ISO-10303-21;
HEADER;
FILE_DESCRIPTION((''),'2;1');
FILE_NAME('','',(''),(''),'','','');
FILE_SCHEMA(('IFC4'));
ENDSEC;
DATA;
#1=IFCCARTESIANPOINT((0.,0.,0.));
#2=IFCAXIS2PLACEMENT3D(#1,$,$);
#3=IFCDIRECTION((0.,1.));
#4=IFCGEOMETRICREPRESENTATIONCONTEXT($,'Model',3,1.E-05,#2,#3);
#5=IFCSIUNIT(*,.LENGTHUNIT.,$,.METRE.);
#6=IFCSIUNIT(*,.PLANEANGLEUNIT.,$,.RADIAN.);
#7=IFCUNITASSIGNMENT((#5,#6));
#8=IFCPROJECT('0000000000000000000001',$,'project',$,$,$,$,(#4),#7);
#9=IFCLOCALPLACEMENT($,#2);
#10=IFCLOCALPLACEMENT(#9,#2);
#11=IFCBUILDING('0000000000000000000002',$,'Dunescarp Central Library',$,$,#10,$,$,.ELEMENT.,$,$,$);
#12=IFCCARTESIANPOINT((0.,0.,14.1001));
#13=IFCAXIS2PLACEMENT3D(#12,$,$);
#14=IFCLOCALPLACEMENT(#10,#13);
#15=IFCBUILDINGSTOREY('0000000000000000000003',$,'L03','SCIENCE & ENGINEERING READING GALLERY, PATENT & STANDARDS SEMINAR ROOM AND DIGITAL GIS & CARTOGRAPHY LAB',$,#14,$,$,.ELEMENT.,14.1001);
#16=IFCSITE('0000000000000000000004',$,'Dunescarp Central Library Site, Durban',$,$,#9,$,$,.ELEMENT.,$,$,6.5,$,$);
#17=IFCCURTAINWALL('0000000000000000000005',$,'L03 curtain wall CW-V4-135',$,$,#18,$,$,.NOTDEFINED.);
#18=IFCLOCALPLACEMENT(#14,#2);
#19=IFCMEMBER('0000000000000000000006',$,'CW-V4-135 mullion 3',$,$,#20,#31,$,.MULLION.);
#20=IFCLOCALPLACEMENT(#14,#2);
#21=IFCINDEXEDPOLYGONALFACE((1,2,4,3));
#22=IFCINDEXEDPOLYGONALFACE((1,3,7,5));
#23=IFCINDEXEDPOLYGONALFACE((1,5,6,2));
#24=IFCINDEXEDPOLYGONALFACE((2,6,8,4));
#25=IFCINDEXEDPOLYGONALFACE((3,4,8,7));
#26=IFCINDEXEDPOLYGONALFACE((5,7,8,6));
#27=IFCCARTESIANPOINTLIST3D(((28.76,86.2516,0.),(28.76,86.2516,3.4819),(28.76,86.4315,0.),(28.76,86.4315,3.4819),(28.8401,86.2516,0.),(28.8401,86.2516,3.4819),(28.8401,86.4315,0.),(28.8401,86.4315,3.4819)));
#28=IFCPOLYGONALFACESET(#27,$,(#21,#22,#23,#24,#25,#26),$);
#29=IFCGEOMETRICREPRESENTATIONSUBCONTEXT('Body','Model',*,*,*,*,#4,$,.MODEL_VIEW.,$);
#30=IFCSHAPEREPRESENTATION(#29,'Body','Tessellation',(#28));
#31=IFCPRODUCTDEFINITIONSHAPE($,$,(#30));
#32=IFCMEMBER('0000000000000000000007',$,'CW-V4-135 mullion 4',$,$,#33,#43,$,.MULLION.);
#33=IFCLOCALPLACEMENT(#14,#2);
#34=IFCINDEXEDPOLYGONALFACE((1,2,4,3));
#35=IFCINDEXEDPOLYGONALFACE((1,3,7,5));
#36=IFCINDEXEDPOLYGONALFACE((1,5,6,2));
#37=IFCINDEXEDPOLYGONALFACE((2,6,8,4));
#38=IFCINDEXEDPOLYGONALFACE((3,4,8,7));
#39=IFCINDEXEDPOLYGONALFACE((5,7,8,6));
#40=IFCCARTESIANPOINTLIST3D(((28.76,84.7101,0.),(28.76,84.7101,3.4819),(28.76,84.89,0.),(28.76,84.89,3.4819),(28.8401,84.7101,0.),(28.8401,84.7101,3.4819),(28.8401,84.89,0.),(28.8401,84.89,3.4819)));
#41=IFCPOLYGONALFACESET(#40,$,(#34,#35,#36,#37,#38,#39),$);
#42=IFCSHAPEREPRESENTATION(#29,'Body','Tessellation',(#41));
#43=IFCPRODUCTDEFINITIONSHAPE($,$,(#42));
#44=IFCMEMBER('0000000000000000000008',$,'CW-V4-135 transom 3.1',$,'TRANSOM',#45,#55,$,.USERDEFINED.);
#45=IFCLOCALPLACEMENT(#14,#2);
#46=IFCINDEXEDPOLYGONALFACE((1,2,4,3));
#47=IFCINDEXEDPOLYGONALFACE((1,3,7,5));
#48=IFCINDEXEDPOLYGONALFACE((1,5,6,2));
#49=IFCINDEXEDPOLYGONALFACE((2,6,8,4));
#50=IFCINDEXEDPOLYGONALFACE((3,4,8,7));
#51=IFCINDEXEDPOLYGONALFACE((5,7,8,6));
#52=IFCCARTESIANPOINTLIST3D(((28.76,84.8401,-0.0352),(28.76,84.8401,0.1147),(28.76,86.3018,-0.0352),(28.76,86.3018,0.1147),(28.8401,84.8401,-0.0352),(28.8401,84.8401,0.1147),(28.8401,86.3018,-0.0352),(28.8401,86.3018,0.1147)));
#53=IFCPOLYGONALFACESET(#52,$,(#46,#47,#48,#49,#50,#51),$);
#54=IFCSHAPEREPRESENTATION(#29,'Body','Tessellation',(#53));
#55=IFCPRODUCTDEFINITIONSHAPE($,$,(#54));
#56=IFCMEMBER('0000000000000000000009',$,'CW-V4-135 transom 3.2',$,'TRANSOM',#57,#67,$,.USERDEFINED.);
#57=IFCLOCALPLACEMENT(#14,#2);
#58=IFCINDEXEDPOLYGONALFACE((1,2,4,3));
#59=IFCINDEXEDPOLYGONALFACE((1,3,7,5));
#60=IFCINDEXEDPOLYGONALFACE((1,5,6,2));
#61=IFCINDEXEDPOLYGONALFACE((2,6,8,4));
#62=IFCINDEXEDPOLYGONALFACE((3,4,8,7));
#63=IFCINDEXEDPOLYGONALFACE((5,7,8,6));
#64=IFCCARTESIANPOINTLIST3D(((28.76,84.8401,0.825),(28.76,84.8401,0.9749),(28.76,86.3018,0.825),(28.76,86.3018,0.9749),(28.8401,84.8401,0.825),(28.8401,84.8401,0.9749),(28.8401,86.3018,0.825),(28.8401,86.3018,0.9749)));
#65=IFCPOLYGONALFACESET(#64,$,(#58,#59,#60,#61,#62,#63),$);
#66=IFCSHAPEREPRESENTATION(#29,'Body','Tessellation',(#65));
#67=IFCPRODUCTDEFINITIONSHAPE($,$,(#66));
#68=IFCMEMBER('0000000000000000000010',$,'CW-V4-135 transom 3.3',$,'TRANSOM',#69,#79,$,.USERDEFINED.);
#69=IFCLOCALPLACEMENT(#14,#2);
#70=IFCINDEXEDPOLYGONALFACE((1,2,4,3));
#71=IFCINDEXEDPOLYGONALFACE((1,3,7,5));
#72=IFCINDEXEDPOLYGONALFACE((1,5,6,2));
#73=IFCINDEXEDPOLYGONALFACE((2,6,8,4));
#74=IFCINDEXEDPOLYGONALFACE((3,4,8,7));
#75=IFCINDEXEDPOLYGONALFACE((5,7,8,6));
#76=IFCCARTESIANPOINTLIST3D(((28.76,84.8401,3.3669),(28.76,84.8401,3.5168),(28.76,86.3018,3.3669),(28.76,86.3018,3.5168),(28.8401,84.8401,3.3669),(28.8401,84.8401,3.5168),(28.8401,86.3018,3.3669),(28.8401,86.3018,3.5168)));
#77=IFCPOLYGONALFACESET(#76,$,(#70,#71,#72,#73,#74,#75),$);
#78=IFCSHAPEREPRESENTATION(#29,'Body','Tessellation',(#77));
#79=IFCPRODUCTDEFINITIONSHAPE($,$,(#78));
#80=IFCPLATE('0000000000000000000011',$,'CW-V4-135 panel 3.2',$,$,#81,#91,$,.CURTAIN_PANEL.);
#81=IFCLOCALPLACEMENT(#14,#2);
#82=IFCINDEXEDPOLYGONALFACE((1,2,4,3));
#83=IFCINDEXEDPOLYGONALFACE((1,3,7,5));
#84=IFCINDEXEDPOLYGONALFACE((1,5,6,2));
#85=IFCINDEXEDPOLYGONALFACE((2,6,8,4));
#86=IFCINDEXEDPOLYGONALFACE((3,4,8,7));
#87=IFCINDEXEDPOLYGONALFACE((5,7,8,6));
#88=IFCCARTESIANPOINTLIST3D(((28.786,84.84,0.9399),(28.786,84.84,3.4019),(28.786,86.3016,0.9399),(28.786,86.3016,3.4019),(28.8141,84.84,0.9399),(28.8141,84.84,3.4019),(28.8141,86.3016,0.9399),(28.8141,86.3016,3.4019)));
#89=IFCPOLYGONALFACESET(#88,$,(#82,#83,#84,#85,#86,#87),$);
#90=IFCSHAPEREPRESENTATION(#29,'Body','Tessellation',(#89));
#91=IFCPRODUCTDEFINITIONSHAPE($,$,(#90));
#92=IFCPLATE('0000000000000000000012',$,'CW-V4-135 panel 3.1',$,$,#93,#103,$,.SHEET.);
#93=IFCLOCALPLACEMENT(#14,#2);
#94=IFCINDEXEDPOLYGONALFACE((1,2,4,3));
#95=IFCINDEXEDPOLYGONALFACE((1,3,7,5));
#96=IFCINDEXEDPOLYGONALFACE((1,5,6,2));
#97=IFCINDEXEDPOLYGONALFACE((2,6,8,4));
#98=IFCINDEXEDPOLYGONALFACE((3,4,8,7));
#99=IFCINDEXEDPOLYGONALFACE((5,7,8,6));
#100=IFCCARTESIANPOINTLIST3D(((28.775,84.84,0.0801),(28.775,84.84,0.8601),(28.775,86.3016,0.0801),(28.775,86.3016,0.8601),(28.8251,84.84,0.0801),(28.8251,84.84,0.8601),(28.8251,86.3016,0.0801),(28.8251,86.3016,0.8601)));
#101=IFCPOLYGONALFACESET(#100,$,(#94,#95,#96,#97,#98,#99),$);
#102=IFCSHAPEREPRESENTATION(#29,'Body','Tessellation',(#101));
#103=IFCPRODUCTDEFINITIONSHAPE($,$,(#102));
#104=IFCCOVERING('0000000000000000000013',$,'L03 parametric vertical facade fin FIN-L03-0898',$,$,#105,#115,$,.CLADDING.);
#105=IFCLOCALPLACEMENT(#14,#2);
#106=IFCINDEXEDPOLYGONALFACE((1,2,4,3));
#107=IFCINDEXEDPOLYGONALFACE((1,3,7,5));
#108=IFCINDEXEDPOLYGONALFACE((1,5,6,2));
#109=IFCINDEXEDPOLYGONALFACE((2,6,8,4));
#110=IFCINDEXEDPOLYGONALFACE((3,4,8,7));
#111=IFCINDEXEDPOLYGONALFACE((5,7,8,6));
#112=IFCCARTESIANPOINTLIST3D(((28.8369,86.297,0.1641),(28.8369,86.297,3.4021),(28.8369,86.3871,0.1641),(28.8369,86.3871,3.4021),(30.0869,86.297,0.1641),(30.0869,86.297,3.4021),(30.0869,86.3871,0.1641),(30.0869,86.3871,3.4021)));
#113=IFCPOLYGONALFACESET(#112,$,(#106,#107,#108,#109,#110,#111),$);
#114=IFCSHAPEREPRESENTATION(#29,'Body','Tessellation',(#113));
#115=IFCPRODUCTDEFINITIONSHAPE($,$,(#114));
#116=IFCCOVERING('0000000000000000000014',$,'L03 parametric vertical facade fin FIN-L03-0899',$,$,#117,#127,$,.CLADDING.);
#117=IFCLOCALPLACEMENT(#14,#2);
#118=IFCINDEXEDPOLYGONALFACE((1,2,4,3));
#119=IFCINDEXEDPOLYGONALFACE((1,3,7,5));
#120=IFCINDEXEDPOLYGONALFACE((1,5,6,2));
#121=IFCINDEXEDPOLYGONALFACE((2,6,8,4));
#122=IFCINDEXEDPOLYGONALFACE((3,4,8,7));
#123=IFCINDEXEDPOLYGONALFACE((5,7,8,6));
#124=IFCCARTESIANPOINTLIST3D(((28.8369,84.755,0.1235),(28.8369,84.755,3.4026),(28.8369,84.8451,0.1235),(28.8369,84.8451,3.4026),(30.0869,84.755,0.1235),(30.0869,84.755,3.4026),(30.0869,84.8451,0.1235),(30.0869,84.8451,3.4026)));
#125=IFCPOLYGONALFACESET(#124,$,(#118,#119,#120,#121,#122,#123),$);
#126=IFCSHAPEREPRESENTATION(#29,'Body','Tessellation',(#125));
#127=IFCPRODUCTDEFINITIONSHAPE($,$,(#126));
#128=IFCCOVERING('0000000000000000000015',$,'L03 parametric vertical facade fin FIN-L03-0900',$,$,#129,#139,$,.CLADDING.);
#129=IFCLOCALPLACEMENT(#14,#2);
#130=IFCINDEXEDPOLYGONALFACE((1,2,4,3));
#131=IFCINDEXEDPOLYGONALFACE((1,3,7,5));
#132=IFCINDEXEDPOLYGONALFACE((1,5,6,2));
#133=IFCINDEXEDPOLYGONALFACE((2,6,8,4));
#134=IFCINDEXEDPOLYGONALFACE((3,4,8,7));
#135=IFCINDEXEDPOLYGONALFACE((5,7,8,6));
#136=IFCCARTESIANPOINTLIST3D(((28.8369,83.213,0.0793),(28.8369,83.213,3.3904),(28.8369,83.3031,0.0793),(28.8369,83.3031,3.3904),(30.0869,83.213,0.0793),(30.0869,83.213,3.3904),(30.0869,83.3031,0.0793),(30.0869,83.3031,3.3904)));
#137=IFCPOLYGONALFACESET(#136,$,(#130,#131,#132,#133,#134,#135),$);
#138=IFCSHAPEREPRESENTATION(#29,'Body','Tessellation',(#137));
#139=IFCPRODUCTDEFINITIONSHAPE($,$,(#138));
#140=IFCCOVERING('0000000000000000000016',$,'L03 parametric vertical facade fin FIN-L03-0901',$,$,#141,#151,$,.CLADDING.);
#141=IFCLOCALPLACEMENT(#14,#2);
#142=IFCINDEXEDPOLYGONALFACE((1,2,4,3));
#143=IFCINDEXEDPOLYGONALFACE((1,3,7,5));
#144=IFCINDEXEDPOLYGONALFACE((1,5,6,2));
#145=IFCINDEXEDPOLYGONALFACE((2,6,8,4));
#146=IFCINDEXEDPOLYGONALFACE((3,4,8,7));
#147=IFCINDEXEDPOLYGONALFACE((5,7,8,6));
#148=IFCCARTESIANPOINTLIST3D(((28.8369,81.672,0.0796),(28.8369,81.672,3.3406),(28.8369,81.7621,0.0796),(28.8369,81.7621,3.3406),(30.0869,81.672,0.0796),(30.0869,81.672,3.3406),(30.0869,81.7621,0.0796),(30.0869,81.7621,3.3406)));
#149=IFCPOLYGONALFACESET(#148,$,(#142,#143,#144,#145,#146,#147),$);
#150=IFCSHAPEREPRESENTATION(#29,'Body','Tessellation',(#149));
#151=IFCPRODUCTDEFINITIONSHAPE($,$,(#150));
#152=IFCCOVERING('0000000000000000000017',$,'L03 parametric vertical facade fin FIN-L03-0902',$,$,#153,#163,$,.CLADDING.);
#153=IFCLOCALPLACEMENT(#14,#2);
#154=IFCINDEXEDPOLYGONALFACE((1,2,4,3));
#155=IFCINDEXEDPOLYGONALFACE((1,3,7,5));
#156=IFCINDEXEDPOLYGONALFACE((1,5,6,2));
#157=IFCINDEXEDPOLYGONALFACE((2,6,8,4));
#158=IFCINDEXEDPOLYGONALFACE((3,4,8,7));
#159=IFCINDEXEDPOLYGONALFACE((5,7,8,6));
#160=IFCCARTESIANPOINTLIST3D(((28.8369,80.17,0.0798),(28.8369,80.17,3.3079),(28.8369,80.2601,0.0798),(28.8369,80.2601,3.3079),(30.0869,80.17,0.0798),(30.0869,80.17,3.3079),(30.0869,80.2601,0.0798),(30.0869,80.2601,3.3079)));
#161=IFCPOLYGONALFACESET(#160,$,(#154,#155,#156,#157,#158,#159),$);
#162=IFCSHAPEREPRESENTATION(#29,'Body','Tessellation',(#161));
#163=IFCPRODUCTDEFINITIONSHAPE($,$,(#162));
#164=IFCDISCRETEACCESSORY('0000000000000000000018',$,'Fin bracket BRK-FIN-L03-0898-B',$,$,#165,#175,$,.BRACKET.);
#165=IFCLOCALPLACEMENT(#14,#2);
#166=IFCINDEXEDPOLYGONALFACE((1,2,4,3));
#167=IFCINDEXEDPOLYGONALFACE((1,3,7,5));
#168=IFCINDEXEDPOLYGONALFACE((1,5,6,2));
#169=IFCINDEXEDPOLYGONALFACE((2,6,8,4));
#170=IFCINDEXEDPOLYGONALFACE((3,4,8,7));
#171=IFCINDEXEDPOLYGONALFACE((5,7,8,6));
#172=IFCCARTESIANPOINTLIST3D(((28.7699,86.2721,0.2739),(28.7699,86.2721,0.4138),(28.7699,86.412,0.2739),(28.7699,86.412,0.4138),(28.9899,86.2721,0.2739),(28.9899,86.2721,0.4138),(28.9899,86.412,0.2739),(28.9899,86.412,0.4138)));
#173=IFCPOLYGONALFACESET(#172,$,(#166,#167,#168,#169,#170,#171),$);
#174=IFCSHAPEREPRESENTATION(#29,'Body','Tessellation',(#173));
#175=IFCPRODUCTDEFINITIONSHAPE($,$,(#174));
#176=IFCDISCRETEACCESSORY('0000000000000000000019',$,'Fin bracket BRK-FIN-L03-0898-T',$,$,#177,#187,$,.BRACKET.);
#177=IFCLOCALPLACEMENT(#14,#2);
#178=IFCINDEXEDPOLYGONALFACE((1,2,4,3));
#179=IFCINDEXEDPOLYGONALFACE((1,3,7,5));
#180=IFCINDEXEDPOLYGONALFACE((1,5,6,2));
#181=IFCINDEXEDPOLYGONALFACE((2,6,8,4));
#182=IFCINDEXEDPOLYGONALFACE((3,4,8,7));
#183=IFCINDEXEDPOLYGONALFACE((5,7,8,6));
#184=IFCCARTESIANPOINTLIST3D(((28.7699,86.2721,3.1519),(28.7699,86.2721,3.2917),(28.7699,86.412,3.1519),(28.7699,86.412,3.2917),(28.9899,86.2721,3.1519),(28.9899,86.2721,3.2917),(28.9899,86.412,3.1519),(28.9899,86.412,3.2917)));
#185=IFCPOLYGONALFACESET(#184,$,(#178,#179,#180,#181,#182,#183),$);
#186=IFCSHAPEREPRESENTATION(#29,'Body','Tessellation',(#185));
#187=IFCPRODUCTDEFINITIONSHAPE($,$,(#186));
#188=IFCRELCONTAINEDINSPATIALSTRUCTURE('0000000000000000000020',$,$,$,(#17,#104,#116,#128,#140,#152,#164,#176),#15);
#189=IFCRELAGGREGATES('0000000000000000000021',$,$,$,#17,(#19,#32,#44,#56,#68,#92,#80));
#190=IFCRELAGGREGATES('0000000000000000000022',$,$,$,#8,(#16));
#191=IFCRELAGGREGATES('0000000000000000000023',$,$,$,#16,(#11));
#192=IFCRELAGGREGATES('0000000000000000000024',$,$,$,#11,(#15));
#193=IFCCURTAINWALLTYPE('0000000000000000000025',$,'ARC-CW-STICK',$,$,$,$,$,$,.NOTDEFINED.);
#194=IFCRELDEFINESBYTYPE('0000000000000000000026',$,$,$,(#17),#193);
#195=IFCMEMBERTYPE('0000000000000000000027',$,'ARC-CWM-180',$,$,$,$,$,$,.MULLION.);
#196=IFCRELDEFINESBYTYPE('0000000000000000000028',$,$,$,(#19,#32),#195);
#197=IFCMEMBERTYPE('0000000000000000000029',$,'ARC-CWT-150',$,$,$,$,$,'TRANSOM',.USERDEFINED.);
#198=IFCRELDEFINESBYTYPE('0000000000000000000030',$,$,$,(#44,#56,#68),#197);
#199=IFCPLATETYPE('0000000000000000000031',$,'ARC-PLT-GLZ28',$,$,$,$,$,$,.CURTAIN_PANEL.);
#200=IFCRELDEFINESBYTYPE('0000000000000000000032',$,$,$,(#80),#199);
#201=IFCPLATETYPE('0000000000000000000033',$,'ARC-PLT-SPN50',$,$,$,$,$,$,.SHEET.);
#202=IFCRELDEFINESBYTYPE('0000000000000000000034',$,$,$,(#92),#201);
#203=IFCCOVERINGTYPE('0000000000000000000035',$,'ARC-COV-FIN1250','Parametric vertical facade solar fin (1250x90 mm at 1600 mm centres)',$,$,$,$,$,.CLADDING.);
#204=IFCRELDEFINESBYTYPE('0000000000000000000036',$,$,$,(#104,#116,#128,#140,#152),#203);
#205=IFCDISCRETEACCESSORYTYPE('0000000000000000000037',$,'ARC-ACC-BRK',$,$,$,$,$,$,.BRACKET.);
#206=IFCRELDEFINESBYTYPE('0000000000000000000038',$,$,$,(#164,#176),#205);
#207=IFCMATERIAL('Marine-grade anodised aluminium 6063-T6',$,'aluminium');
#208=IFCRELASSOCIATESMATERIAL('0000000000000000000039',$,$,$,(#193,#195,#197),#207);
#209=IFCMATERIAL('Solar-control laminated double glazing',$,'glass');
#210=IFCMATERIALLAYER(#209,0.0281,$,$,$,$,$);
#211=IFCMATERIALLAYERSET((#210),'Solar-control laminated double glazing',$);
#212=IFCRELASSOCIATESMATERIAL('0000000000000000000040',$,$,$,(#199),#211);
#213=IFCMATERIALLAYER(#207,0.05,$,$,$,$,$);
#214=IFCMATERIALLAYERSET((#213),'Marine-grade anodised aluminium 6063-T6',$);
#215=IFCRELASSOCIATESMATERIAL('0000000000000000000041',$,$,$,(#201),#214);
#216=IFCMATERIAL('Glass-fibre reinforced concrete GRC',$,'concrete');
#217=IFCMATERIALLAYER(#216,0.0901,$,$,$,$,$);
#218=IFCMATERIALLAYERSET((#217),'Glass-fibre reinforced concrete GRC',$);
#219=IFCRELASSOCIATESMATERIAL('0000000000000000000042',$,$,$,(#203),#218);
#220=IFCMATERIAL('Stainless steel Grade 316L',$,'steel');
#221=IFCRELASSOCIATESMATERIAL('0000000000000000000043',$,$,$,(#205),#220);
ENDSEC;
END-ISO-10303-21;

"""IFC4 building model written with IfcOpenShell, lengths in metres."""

from ifc_helpers import new_model, si_unit, direction, frame, origin, origin_2d, place, context, subcontext, project, spatial, rectangle, extrude, material, layer, layer_set, material_profile, profile_set, type_object, element, aggregate, save


model = new_model("IFC4")

# Units and contexts
model_context = context("Model", 3, precision=1e-05, world=origin(), true_north=direction((0.0, 1.0)))
body_context = subcontext(model_context, "Body", "Model", "MODEL_VIEW")
ifc_project = project(units=[si_unit("LENGTHUNIT", "METRE"), si_unit("PLANEANGLEUNIT", "RADIAN")], contexts=[model_context])

# Site, building, storey
site_placement = place(None, origin())
site = spatial("IfcSite", under=ifc_project, at=site_placement, Name="Dunescarp Central Library Site, Durban", CompositionType="ELEMENT", RefElevation=6.5)
building_placement = place(site_placement, origin())
building = spatial("IfcBuilding", under=site, at=building_placement, Name="Dunescarp Central Library", CompositionType="ELEMENT")
storey_placement = place(building_placement, frame((0.0, 0.0, 14.1001)))
storey = spatial("IfcBuildingStorey", under=building, at=storey_placement, Name="L03", Description="SCIENCE & ENGINEERING READING GALLERY, PATENT & STANDARDS SEMINAR ROOM AND DIGITAL GIS & CARTOGRAPHY LAB", CompositionType="ELEMENT", Elevation=14.1001)

# Curtain wall, members, plates
ifc_material_1 = material(Name="Marine-grade anodised aluminium 6063-T6", Category="aluminium")
curtain_wall_type = type_object("IfcCurtainWallType", Name="ARC-CW-STICK", PredefinedType="NOTDEFINED", material=ifc_material_1)
curtain_wall_placement = place(storey_placement, origin())
curtain_wall = element("IfcCurtainWall", 1, at=curtain_wall_placement, inside=storey, type_object=curtain_wall_type, Name="L03 curtain wall CW-V4-135", PredefinedType="NOTDEFINED")
ifc_material_profile_1 = material_profile(ifc_material_1, rectangle(XDim=0.0801, YDim=0.1799, at=origin_2d()), Name="AL 80x180")
ifc_profile_set_1 = profile_set([ifc_material_profile_1], Name="Marine-grade anodised aluminium 6063-T6")
member_type_1 = type_object("IfcMemberType", Name="ARC-CWM-180", PredefinedType="MULLION", material=ifc_profile_set_1)
member_1_placement = place(storey_placement, frame((28.8, 86.3416, 0.0), z_axis=(0.0, 0.0, 1.0), x_axis=(1.0, 0.0, 0.0)))
member_1 = element("IfcMember", 2, at=member_1_placement, type_object=member_type_1, Name="CW-V4-135 mullion 3", PredefinedType="MULLION", context=body_context, shape_type="SweptSolid", body=[
    extrude(rectangle(XDim=0.0801, YDim=0.1799, at=origin_2d()), origin(), (0.0, 0.0, 1.0), 3.4819),
])
member_2_placement = place(storey_placement, frame((28.8, 84.8, 0.0), z_axis=(0.0, 0.0, 1.0), x_axis=(1.0, 0.0, 0.0)))
member_2 = element("IfcMember", 3, at=member_2_placement, type_object=member_type_1, Name="CW-V4-135 mullion 4", PredefinedType="MULLION", context=body_context, shape_type="SweptSolid", body=[
    extrude(rectangle(XDim=0.0801, YDim=0.1799, at=origin_2d()), origin(), (0.0, 0.0, 1.0), 3.4819),
])
ifc_material_profile_2 = material_profile(ifc_material_1, rectangle(XDim=0.0801, YDim=0.1499, at=origin_2d()), Name="AL 80x150")
ifc_profile_set_2 = profile_set([ifc_material_profile_2], Name="Marine-grade anodised aluminium 6063-T6")
member_type_2 = type_object("IfcMemberType", Name="ARC-CWT-150", ElementType="TRANSOM", PredefinedType="USERDEFINED", material=ifc_profile_set_2)
member_3_placement = place(storey_placement, frame((28.8, 86.3018, 0.0398), z_axis=(0.0, -1.0, 0.0), x_axis=(1.0, 0.0, 0.0)))
member_3 = element("IfcMember", 4, at=member_3_placement, type_object=member_type_2, Name="CW-V4-135 transom 3.1", ObjectType="TRANSOM", PredefinedType="USERDEFINED", context=body_context, shape_type="SweptSolid", body=[
    extrude(rectangle(XDim=0.0801, YDim=0.1499, at=origin_2d()), origin(), (0.0, 0.0, 1.0), 1.4617),
])
member_4_placement = place(storey_placement, frame((28.8, 86.3018, 0.8999), z_axis=(0.0, -1.0, 0.0), x_axis=(1.0, 0.0, 0.0)))
member_4 = element("IfcMember", 5, at=member_4_placement, type_object=member_type_2, Name="CW-V4-135 transom 3.2", ObjectType="TRANSOM", PredefinedType="USERDEFINED", context=body_context, shape_type="SweptSolid", body=[
    extrude(rectangle(XDim=0.0801, YDim=0.1499, at=origin_2d()), origin(), (0.0, 0.0, 1.0), 1.4617),
])
member_5_placement = place(storey_placement, frame((28.8, 86.3018, 3.4419), z_axis=(0.0, -1.0, 0.0), x_axis=(1.0, 0.0, 0.0)))
member_5 = element("IfcMember", 6, at=member_5_placement, type_object=member_type_2, Name="CW-V4-135 transom 3.3", ObjectType="TRANSOM", PredefinedType="USERDEFINED", context=body_context, shape_type="SweptSolid", body=[
    extrude(rectangle(XDim=0.0801, YDim=0.1499, at=origin_2d()), origin(), (0.0, 0.0, 1.0), 1.4617),
])
ifc_material_2 = material(Name="Solar-control laminated double glazing", Category="glass")
ifc_layer_1 = layer(ifc_material_2, 0.0281)
ifc_layer_set_1 = layer_set([ifc_layer_1], Name="Solar-control laminated double glazing")
plate_type_1 = type_object("IfcPlateType", Name="ARC-PLT-GLZ28", PredefinedType="CURTAIN_PANEL", material=ifc_layer_set_1)
plate_1_placement = place(storey_placement, frame((28.8, 85.5708, 0.9399), z_axis=(0.0, 0.0, 1.0), x_axis=(0.0, -1.0, 0.0)))
plate_1 = element("IfcPlate", 7, at=plate_1_placement, type_object=plate_type_1, Name="CW-V4-135 panel 3.2", PredefinedType="CURTAIN_PANEL", context=body_context, shape_type="SweptSolid", body=[
    extrude(rectangle(XDim=1.4617, YDim=0.0281, at=origin_2d()), origin(), (0.0, 0.0, 1.0), 2.4619),
])
ifc_layer_2 = layer(ifc_material_1, 0.05)
ifc_layer_set_2 = layer_set([ifc_layer_2], Name="Marine-grade anodised aluminium 6063-T6")
plate_type_2 = type_object("IfcPlateType", Name="ARC-PLT-SPN50", PredefinedType="SHEET", material=ifc_layer_set_2)
plate_2_placement = place(storey_placement, frame((28.8, 85.5708, 0.0801), z_axis=(0.0, 0.0, 1.0), x_axis=(0.0, -1.0, 0.0)))
plate_2 = element("IfcPlate", 8, at=plate_2_placement, type_object=plate_type_2, Name="CW-V4-135 panel 3.1", PredefinedType="SHEET", context=body_context, shape_type="SweptSolid", body=[
    extrude(rectangle(XDim=1.4617, YDim=0.05, at=origin_2d()), origin(), (0.0, 0.0, 1.0), 0.78),
])
aggregate(curtain_wall, [member_1, member_2, member_3, member_4, member_5, plate_2, plate_1])

# Coverings
ifc_material_3 = material(Name="Glass-fibre reinforced concrete GRC", Category="concrete")
ifc_layer_3 = layer(ifc_material_3, 0.0901)
ifc_layer_set_3 = layer_set([ifc_layer_3], Name="Glass-fibre reinforced concrete GRC")
covering_type = type_object("IfcCoveringType", Name="ARC-COV-FIN1250", Description="Parametric vertical facade solar fin (1250x90 mm at 1600 mm centres)", PredefinedType="CLADDING", material=ifc_layer_set_3)
covering_1_placement = place(storey_placement, frame((29.4619, 86.342, 0.1641), z_axis=(0.0, 0.0, 1.0), x_axis=(1.0, 0.0, 0.0)))
element("IfcCovering", 9, at=covering_1_placement, inside=storey, type_object=covering_type, Name="L03 parametric vertical facade fin FIN-L03-0898", PredefinedType="CLADDING", context=body_context, shape_type="SweptSolid", body=[
    extrude(rectangle(XDim=1.25, YDim=0.0901, at=origin_2d()), origin(), (0.0, 0.0, 1.0), 3.238),
])
covering_2_placement = place(storey_placement, frame((29.4619, 84.8, 0.1235), z_axis=(0.0, 0.0, 1.0), x_axis=(1.0, 0.0, 0.0)))
element("IfcCovering", 10, at=covering_2_placement, inside=storey, type_object=covering_type, Name="L03 parametric vertical facade fin FIN-L03-0899", PredefinedType="CLADDING", context=body_context, shape_type="SweptSolid", body=[
    extrude(rectangle(XDim=1.25, YDim=0.0901, at=origin_2d()), origin(), (0.0, 0.0, 1.0), 3.2791),
])
covering_3_placement = place(storey_placement, frame((29.4619, 83.2581, 0.0793), z_axis=(0.0, 0.0, 1.0), x_axis=(1.0, 0.0, 0.0)))
element("IfcCovering", 11, at=covering_3_placement, inside=storey, type_object=covering_type, Name="L03 parametric vertical facade fin FIN-L03-0900", PredefinedType="CLADDING", context=body_context, shape_type="SweptSolid", body=[
    extrude(rectangle(XDim=1.25, YDim=0.0901, at=origin_2d()), origin(), (0.0, 0.0, 1.0), 3.311),
])
covering_4_placement = place(storey_placement, frame((29.4619, 81.717, 0.0796), z_axis=(0.0, 0.0, 1.0), x_axis=(1.0, 0.0, 0.0)))
element("IfcCovering", 12, at=covering_4_placement, inside=storey, type_object=covering_type, Name="L03 parametric vertical facade fin FIN-L03-0901", PredefinedType="CLADDING", context=body_context, shape_type="SweptSolid", body=[
    extrude(rectangle(XDim=1.25, YDim=0.0901, at=origin_2d()), origin(), (0.0, 0.0, 1.0), 3.261),
])
covering_5_placement = place(storey_placement, frame((29.4619, 80.2151, 0.0798), z_axis=(0.0, 0.0, 1.0), x_axis=(1.0, 0.0, 0.0)))
element("IfcCovering", 13, at=covering_5_placement, inside=storey, type_object=covering_type, Name="L03 parametric vertical facade fin FIN-L03-0902", PredefinedType="CLADDING", context=body_context, shape_type="SweptSolid", body=[
    extrude(rectangle(XDim=1.25, YDim=0.0901, at=origin_2d()), origin(), (0.0, 0.0, 1.0), 3.228),
])

# Discrete accessories
ifc_material_4 = material(Name="Stainless steel Grade 316L", Category="steel")
discrete_accessory_type = type_object("IfcDiscreteAccessoryType", Name="ARC-ACC-BRK", PredefinedType="BRACKET", material=ifc_material_4)
for number, where, z_axis, x_axis, name in (
    (14, (28.8799, 86.342, 0.2739), (0.0, 0.0, 1.0), (1.0, 0.0, 0.0), "Fin bracket BRK-FIN-L03-0898-B"),
    (15, (28.8799, 86.342, 3.1519), (0.0, 0.0, 1.0), (1.0, 0.0, 0.0), "Fin bracket BRK-FIN-L03-0898-T"),
):
    element("IfcDiscreteAccessory", number, at=place(storey_placement, frame(where, z_axis=z_axis, x_axis=x_axis)), inside=storey, type_object=discrete_accessory_type, Name=name, PredefinedType="BRACKET", context=body_context, shape_type="SweptSolid", body=[
        extrude(rectangle(XDim=0.22, YDim=0.1399, at=origin_2d()), origin(), (0.0, 0.0, 1.0), 0.1399),
    ])

save(model, "model.ifc")
